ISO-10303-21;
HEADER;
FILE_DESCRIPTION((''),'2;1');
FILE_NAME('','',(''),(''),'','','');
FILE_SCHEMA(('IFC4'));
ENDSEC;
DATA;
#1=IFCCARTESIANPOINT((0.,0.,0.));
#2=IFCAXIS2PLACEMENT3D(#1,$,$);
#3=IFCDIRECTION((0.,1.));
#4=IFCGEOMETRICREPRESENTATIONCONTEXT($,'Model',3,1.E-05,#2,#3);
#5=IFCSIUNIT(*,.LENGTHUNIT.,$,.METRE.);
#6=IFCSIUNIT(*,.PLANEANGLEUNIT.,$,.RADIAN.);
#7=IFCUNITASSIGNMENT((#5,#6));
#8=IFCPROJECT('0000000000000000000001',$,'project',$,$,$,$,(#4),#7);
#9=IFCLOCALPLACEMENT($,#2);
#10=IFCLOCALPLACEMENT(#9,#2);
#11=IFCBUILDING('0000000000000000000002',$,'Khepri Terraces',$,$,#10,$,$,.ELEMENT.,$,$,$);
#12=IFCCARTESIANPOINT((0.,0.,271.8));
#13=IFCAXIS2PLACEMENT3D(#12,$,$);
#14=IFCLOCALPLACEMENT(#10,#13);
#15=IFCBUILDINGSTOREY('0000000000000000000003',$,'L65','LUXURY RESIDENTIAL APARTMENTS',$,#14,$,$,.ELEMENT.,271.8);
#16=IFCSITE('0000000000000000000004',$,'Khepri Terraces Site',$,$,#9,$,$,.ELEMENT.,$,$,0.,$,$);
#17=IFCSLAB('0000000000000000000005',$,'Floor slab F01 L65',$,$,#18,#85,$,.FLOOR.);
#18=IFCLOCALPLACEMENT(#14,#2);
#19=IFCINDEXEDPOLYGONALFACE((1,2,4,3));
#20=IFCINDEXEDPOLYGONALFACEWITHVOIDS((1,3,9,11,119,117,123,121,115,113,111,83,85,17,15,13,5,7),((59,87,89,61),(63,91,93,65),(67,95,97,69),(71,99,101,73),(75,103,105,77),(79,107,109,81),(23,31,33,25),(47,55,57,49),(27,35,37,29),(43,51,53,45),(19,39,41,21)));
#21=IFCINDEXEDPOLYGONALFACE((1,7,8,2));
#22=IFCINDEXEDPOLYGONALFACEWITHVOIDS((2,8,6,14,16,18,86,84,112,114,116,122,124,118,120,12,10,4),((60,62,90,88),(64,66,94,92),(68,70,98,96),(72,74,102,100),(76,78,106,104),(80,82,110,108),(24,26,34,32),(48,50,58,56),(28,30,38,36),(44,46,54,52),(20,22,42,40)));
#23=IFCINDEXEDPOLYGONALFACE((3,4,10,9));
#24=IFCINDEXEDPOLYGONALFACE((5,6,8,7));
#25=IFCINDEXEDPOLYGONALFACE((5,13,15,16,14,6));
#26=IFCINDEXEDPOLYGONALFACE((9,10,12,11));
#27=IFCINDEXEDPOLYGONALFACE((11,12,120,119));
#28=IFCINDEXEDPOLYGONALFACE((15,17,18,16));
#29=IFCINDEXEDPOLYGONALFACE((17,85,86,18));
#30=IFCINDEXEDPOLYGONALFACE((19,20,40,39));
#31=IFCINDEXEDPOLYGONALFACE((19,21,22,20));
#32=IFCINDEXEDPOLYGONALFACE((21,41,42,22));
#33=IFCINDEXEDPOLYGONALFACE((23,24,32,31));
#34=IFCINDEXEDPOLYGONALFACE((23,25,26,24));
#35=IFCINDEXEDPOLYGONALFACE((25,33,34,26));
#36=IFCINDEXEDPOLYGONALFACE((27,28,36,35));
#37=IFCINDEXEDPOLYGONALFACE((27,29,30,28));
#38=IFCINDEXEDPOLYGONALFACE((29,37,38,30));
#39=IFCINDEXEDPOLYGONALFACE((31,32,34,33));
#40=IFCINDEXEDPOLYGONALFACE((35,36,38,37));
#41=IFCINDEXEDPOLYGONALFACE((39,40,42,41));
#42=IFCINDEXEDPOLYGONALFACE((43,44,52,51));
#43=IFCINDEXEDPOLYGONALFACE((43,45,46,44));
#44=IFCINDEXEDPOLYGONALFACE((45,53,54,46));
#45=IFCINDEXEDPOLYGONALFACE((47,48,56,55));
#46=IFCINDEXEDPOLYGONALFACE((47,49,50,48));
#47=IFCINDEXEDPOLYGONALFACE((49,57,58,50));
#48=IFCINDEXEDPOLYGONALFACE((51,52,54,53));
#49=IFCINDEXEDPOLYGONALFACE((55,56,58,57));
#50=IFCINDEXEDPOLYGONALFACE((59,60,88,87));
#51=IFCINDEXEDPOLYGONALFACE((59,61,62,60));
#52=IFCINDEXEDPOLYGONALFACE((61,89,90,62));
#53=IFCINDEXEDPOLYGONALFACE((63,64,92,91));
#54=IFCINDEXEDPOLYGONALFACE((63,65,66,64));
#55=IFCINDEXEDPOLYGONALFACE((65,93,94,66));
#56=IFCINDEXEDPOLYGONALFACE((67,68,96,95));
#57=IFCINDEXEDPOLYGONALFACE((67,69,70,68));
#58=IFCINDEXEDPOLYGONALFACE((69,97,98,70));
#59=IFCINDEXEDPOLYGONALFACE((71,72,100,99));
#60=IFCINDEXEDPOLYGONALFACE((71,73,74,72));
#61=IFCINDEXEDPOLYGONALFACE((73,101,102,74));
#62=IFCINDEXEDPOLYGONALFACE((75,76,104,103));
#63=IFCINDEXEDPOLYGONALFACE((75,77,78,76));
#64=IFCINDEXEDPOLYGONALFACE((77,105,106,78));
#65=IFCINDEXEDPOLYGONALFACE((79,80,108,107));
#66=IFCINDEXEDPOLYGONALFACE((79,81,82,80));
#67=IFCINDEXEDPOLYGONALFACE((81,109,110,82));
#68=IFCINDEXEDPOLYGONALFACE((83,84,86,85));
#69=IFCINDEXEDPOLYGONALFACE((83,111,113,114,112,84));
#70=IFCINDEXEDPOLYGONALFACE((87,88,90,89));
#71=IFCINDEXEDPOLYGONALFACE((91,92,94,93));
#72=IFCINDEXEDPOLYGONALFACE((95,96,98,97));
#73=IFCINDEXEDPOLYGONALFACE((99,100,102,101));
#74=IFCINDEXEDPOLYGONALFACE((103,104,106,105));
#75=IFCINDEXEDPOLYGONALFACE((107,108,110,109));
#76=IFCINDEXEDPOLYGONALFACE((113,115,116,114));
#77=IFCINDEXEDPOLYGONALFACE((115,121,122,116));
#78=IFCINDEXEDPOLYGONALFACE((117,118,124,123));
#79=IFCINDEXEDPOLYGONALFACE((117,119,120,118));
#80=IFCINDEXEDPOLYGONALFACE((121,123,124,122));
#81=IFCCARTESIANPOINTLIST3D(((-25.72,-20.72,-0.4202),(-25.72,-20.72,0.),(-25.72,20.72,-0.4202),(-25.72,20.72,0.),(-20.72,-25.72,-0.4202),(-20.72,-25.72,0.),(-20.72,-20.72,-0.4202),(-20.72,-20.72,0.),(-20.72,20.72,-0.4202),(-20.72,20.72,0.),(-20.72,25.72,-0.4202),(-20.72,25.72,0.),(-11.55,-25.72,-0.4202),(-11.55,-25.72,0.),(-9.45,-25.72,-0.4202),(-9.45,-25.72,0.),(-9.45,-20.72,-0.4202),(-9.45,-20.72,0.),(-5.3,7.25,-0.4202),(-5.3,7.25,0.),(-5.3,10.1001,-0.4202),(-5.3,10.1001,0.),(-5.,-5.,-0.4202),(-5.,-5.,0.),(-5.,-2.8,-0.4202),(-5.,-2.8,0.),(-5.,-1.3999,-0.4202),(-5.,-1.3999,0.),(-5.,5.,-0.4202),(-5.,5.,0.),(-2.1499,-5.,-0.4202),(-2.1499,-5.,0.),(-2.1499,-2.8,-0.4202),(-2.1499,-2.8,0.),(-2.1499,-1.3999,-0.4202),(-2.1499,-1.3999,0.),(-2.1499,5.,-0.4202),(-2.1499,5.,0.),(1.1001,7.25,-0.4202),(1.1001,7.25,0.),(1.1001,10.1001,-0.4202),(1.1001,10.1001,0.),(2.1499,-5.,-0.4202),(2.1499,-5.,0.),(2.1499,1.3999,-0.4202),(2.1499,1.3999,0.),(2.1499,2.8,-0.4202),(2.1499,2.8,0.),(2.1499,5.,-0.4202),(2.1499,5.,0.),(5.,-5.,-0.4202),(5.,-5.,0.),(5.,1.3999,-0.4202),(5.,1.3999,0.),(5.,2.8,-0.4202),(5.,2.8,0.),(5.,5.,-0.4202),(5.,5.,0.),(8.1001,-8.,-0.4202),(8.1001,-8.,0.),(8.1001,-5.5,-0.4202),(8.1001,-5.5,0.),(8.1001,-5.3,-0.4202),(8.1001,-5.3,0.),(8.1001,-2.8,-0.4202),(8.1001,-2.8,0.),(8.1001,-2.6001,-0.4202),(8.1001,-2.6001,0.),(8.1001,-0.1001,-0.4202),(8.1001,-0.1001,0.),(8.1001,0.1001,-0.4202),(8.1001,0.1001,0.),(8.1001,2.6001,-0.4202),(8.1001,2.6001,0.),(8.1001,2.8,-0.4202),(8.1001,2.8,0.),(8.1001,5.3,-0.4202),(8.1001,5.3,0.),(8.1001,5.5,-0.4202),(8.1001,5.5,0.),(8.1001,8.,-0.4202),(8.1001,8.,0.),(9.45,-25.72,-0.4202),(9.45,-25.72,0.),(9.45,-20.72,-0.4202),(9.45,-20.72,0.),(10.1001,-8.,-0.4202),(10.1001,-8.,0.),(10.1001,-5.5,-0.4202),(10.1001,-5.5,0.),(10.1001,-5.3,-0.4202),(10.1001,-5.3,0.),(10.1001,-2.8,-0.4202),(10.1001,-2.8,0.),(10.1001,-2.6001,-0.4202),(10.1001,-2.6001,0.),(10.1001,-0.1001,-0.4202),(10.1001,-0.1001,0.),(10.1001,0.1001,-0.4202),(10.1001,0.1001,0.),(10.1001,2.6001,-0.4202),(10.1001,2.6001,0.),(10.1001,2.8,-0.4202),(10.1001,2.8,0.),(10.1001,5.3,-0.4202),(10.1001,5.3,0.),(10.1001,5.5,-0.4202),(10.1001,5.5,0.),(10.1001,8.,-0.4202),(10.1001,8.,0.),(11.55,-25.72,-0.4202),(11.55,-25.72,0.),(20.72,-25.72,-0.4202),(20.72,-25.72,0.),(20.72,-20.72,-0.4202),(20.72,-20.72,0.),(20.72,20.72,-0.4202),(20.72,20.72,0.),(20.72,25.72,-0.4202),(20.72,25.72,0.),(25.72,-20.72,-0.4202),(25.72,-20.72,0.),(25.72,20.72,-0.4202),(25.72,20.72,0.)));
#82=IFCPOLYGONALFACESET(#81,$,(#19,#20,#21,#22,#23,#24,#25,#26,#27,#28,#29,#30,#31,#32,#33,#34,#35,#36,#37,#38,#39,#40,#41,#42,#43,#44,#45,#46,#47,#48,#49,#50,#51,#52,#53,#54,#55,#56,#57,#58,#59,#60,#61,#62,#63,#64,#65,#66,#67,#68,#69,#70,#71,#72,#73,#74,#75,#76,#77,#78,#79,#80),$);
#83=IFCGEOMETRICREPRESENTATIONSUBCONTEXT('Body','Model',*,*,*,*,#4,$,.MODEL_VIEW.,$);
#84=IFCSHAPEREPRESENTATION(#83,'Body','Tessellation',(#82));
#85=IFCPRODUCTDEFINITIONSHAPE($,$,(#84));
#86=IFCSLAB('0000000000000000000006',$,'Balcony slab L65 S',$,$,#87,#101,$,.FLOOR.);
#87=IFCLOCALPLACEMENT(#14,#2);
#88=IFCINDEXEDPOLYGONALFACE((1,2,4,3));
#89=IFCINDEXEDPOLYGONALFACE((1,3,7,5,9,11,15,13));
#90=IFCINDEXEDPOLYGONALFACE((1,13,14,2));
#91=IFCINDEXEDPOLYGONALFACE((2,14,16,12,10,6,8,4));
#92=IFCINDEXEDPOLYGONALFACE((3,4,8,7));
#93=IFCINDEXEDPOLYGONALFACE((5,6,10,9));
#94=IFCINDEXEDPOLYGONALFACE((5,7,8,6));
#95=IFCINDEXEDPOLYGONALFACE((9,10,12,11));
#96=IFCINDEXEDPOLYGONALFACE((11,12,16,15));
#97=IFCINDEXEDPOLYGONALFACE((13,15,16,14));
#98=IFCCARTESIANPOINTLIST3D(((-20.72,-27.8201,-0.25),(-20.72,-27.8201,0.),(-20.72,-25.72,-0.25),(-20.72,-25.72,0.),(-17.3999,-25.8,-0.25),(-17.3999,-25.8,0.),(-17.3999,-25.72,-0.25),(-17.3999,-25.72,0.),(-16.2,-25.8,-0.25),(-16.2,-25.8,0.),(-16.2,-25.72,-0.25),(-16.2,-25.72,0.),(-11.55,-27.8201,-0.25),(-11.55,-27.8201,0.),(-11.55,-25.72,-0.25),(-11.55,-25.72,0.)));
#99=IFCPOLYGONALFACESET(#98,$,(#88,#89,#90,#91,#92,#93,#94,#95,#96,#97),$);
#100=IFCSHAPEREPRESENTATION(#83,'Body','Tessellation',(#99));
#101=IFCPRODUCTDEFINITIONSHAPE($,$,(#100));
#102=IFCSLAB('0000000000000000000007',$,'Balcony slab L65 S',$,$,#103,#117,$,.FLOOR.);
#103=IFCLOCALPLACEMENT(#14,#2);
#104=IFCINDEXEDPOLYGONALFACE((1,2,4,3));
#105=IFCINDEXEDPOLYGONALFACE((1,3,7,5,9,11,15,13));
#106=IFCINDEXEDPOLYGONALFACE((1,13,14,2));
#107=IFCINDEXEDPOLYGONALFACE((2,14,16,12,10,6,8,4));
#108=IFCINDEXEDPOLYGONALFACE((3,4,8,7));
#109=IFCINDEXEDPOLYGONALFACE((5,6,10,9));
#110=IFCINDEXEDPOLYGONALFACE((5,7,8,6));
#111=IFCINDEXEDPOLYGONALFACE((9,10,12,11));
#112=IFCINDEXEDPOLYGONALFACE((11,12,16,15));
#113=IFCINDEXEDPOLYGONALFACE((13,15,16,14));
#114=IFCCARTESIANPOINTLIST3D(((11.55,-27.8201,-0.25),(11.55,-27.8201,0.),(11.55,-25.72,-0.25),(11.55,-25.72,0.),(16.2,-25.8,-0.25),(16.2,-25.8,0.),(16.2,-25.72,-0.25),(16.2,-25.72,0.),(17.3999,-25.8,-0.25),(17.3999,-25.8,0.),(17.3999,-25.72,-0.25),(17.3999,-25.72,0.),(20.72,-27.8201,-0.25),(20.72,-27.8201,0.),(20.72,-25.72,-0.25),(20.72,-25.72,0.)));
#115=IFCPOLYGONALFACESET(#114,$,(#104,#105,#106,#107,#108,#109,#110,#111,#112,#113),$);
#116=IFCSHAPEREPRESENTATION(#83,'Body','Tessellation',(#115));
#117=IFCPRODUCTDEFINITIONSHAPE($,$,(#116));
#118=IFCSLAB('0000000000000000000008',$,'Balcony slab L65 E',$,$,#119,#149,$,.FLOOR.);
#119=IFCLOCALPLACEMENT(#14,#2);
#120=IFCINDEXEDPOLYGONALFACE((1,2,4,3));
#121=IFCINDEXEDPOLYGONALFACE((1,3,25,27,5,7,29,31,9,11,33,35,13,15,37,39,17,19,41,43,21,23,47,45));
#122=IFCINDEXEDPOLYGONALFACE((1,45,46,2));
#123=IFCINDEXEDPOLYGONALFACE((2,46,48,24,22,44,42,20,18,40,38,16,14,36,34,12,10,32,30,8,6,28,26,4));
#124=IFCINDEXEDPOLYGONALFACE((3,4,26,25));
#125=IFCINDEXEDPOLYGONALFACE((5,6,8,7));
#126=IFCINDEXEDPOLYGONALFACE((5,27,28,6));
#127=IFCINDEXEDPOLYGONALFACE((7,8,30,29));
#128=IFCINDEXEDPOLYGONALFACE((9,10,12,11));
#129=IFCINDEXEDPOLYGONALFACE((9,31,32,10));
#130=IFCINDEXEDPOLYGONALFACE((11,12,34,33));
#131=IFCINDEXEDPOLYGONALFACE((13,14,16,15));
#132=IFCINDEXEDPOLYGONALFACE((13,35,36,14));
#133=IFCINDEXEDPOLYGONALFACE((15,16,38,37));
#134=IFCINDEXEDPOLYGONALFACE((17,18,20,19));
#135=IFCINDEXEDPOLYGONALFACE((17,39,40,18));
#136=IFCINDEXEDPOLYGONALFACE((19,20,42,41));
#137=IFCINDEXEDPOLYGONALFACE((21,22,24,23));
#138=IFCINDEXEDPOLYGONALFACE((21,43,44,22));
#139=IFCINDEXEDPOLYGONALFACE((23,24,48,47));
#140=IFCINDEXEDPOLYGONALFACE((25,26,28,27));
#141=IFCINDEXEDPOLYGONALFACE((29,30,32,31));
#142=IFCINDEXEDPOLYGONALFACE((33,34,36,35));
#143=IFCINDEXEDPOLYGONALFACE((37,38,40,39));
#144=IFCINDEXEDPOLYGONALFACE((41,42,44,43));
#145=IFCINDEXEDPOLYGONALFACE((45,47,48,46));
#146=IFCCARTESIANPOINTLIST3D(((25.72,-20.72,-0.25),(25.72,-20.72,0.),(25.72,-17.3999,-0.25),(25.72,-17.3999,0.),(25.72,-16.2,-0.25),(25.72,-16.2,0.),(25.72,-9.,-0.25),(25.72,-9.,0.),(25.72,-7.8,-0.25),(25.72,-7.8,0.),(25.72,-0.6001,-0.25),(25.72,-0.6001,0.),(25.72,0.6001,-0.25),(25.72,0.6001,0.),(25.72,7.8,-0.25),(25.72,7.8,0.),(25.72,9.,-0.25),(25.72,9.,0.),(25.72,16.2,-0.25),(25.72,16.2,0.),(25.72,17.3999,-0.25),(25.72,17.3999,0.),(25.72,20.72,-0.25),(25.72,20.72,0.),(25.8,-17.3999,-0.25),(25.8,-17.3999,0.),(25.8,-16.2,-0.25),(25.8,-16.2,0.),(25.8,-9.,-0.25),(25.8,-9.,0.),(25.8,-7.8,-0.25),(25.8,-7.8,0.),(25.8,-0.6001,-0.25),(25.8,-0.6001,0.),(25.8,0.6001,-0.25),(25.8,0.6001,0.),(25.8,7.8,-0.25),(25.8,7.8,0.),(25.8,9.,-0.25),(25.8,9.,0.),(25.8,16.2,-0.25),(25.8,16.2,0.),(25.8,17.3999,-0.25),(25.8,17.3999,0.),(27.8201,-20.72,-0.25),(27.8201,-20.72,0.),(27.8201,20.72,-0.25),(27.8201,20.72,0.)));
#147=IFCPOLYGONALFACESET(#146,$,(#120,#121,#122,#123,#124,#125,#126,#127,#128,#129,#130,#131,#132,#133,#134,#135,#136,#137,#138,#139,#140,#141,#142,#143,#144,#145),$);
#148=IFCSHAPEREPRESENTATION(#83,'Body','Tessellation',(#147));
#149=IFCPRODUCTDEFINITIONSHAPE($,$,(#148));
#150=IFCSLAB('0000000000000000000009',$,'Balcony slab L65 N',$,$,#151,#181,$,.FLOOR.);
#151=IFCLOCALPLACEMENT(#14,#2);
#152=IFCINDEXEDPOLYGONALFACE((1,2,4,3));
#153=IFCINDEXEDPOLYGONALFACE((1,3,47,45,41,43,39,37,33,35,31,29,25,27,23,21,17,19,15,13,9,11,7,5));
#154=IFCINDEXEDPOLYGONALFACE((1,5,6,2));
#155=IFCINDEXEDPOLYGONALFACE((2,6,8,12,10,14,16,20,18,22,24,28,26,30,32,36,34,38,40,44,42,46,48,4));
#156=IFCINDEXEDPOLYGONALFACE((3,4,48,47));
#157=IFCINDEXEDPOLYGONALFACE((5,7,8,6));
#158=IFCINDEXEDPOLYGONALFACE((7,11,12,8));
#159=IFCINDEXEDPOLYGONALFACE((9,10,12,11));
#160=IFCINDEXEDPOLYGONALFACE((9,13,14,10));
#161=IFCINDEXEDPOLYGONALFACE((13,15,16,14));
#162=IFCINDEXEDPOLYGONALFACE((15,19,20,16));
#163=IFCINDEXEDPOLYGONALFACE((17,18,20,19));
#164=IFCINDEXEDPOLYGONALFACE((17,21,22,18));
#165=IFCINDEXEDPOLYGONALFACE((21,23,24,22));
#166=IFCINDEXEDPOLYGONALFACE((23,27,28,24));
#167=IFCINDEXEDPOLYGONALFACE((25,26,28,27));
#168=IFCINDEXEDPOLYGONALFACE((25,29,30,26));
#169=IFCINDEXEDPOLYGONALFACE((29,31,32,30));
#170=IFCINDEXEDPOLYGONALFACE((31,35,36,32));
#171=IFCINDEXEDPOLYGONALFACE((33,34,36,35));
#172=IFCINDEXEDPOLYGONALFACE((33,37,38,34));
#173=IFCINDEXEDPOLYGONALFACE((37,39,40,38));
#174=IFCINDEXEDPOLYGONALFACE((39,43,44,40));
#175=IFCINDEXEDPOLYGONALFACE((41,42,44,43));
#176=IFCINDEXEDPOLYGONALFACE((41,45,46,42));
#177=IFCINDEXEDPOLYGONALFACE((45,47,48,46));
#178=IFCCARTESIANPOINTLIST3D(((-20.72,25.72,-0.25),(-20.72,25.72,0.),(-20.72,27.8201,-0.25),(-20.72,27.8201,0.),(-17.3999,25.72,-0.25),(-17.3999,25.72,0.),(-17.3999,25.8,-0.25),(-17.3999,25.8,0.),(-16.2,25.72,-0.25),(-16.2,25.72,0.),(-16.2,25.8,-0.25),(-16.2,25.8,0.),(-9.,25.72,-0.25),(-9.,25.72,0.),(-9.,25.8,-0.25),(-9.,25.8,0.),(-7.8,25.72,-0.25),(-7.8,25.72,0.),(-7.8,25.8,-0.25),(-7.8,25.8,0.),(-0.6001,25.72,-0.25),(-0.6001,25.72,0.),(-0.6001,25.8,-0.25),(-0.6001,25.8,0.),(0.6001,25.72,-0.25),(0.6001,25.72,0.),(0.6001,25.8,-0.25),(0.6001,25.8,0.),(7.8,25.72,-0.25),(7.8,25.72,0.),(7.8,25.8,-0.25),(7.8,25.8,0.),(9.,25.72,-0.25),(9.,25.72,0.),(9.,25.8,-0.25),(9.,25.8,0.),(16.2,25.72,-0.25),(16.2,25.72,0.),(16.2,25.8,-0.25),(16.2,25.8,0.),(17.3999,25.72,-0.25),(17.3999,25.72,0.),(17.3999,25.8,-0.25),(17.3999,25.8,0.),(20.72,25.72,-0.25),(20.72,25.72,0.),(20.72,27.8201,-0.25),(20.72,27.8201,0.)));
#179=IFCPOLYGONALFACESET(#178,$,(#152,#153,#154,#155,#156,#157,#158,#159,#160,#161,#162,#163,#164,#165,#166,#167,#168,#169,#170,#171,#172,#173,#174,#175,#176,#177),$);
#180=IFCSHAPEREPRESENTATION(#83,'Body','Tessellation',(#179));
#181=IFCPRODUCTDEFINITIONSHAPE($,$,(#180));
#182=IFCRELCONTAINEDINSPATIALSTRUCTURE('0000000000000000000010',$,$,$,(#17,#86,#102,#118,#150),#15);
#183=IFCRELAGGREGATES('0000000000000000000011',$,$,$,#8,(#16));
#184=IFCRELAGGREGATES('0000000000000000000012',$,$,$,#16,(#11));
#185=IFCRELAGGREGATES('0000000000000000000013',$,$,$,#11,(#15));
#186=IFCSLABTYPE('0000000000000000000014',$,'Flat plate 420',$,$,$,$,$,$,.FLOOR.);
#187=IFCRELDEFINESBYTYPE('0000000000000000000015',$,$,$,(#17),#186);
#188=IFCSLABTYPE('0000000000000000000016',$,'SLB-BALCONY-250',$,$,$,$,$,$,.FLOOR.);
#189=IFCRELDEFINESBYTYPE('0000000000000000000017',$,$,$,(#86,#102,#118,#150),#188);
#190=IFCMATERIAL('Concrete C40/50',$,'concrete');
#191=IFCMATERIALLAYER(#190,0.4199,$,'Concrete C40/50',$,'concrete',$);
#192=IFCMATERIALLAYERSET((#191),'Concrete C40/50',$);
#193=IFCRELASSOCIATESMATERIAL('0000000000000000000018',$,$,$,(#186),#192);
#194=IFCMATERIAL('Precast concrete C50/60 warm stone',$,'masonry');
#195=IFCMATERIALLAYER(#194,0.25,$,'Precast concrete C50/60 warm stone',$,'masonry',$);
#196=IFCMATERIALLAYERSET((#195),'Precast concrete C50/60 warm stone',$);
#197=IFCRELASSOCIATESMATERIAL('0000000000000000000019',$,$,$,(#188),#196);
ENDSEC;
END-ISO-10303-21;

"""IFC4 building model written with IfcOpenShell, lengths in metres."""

from ifc_helpers import new_model, si_unit, direction, frame, origin, place, context, subcontext, project, spatial, polyline, outline, extrude, material, layer, layer_set, type_object, element, save


model = new_model("IFC4")

# Units and contexts
model_context = context("Model", 3, precision=1e-05, world=origin(), true_north=direction((0.0, 1.0)))
body_context = subcontext(model_context, "Body", "Model", "MODEL_VIEW")
ifc_project = project(units=[si_unit("LENGTHUNIT", "METRE"), si_unit("PLANEANGLEUNIT", "RADIAN")], contexts=[model_context])

# Site, building, storey
site_placement = place(None, origin())
site = spatial("IfcSite", under=ifc_project, at=site_placement, Name="Khepri Terraces Site", CompositionType="ELEMENT", RefElevation=0.0)
building_placement = place(site_placement, origin())
building = spatial("IfcBuilding", under=site, at=building_placement, Name="Khepri Terraces", CompositionType="ELEMENT")
storey_placement = place(building_placement, frame((0.0, 0.0, 271.8)))
storey = spatial("IfcBuildingStorey", under=building, at=storey_placement, Name="L65", Description="LUXURY RESIDENTIAL APARTMENTS", CompositionType="ELEMENT", Elevation=271.8)

# Slabs
ifc_material_1 = material(Name="Concrete C40/50", Category="concrete")
ifc_layer_1 = layer(ifc_material_1, 0.4199, Name="Concrete C40/50", Category="concrete")
ifc_layer_set_1 = layer_set([ifc_layer_1], Name="Concrete C40/50")
slab_type_1 = type_object("IfcSlabType", Name="Flat plate 420", PredefinedType="FLOOR", material=ifc_layer_set_1)
slab_1_placement = place(storey_placement, frame((0.0, 0.0, -0.4202)))
element("IfcSlab", 1, at=slab_1_placement, inside=storey, type_object=slab_type_1, Name="Floor slab F01 L65", PredefinedType="FLOOR", context=body_context, shape_type="SweptSolid", body=[
    extrude(outline(polyline([(25.72, -20.72), (20.72, -20.72), (20.72, -25.72), (11.55, -25.72), (9.45, -25.72), (9.45, -20.72), (-9.45, -20.72), (-9.45, -25.72), (-11.55, -25.72), (-20.72, -25.72), (-20.72, -20.72), (-25.72, -20.72), (-25.72, 20.72), (-20.72, 20.72), (-20.72, 25.72), (20.72, 25.72), (20.72, 20.72), (25.72, 20.72), (25.72, -20.72)]), holes=[polyline([(2.1499, 2.8), (5.0, 2.8), (5.0, 5.0), (2.1499, 5.0), (2.1499, 2.8)]), polyline([(-5.0, -2.8), (-5.0, -5.0), (-2.1499, -5.0), (-2.1499, -2.8), (-5.0, -2.8)]), polyline([(10.1001, -5.5), (8.1001, -5.5), (8.1001, -8.0), (10.1001, -8.0), (10.1001, -5.5)]), polyline([(10.1001, -5.3), (10.1001, -2.8), (8.1001, -2.8), (8.1001, -5.3), (10.1001, -5.3)]), polyline([(8.1001, -2.6001), (10.1001, -2.6001), (10.1001, -0.1001), (8.1001, -0.1001), (8.1001, -2.6001)]), polyline([(8.1001, 2.6001), (8.1001, 0.1001), (10.1001, 0.1001), (10.1001, 2.6001), (8.1001, 2.6001)]), polyline([(10.1001, 5.3), (8.1001, 5.3), (8.1001, 2.8), (10.1001, 2.8), (10.1001, 5.3)]), polyline([(10.1001, 5.5), (10.1001, 8.0), (8.1001, 8.0), (8.1001, 5.5), (10.1001, 5.5)]), polyline([(-5.0, -1.3999), (-2.1499, -1.3999), (-2.1499, 5.0), (-5.0, 5.0), (-5.0, -1.3999)]), polyline([(5.0, -5.0), (5.0, 1.3999), (2.1499, 1.3999), (2.1499, -5.0), (5.0, -5.0)]), polyline([(-5.3, 10.1001), (-5.3, 7.25), (1.1001, 7.25), (1.1001, 10.1001), (-5.3, 10.1001)])]), origin(), (0.0, 0.0, 1.0), 0.4202),
])
ifc_material_2 = material(Name="Precast concrete C50/60 warm stone", Category="masonry")
ifc_layer_2 = layer(ifc_material_2, 0.25, Name="Precast concrete C50/60 warm stone", Category="masonry")
ifc_layer_set_2 = layer_set([ifc_layer_2], Name="Precast concrete C50/60 warm stone")
slab_type_2 = type_object("IfcSlabType", Name="SLB-BALCONY-250", PredefinedType="FLOOR", material=ifc_layer_set_2)
slab_2_placement = place(storey_placement, frame((0.0, 0.0, -0.25)))
element("IfcSlab", 2, at=slab_2_placement, inside=storey, type_object=slab_type_2, Name="Balcony slab L65 S", PredefinedType="FLOOR", context=body_context, shape_type="SweptSolid", body=[
    extrude(outline(polyline([(-17.3999, -25.72), (-20.72, -25.72), (-20.72, -27.8201), (-11.55, -27.8201), (-11.55, -25.72), (-16.2, -25.72), (-16.2, -25.8), (-17.3999, -25.8), (-17.3999, -25.72)])), origin(), (0.0, 0.0, 1.0), 0.25),
])
slab_3_placement = place(storey_placement, frame((0.0, 0.0, -0.25)))
element("IfcSlab", 3, at=slab_3_placement, inside=storey, type_object=slab_type_2, Name="Balcony slab L65 S", PredefinedType="FLOOR", context=body_context, shape_type="SweptSolid", body=[
    extrude(outline(polyline([(16.2, -25.72), (11.55, -25.72), (11.55, -27.8201), (20.72, -27.8201), (20.72, -25.72), (17.3999, -25.72), (17.3999, -25.8), (16.2, -25.8), (16.2, -25.72)])), origin(), (0.0, 0.0, 1.0), 0.25),
])
slab_4_placement = place(storey_placement, frame((0.0, 0.0, -0.25)))
element("IfcSlab", 4, at=slab_4_placement, inside=storey, type_object=slab_type_2, Name="Balcony slab L65 E", PredefinedType="FLOOR", context=body_context, shape_type="SweptSolid", body=[
    extrude(outline(polyline([(25.72, -17.3999), (25.72, -20.72), (27.8201, -20.72), (27.8201, 20.72), (25.72, 20.72), (25.72, 17.3999), (25.8, 17.3999), (25.8, 16.2), (25.72, 16.2), (25.72, 9.0), (25.8, 9.0), (25.8, 7.8), (25.72, 7.8), (25.72, 0.6001), (25.8, 0.6001), (25.8, -0.6001), (25.72, -0.6001), (25.72, -7.8), (25.8, -7.8), (25.8, -9.0), (25.72, -9.0), (25.72, -16.2), (25.8, -16.2), (25.8, -17.3999), (25.72, -17.3999)])), origin(), (0.0, 0.0, 1.0), 0.25),
])
slab_5_placement = place(storey_placement, frame((0.0, 0.0, -0.25)))
element("IfcSlab", 5, at=slab_5_placement, inside=storey, type_object=slab_type_2, Name="Balcony slab L65 N", PredefinedType="FLOOR", context=body_context, shape_type="SweptSolid", body=[
    extrude(outline(polyline([(17.3999, 25.72), (20.72, 25.72), (20.72, 27.8201), (-20.72, 27.8201), (-20.72, 25.72), (-17.3999, 25.72), (-17.3999, 25.8), (-16.2, 25.8), (-16.2, 25.72), (-9.0, 25.72), (-9.0, 25.8), (-7.8, 25.8), (-7.8, 25.72), (-0.6001, 25.72), (-0.6001, 25.8), (0.6001, 25.8), (0.6001, 25.72), (7.8, 25.72), (7.8, 25.8), (9.0, 25.8), (9.0, 25.72), (16.2, 25.72), (16.2, 25.8), (17.3999, 25.8), (17.3999, 25.72)])), origin(), (0.0, 0.0, 1.0), 0.25),
])

save(model, "model.ifc")
